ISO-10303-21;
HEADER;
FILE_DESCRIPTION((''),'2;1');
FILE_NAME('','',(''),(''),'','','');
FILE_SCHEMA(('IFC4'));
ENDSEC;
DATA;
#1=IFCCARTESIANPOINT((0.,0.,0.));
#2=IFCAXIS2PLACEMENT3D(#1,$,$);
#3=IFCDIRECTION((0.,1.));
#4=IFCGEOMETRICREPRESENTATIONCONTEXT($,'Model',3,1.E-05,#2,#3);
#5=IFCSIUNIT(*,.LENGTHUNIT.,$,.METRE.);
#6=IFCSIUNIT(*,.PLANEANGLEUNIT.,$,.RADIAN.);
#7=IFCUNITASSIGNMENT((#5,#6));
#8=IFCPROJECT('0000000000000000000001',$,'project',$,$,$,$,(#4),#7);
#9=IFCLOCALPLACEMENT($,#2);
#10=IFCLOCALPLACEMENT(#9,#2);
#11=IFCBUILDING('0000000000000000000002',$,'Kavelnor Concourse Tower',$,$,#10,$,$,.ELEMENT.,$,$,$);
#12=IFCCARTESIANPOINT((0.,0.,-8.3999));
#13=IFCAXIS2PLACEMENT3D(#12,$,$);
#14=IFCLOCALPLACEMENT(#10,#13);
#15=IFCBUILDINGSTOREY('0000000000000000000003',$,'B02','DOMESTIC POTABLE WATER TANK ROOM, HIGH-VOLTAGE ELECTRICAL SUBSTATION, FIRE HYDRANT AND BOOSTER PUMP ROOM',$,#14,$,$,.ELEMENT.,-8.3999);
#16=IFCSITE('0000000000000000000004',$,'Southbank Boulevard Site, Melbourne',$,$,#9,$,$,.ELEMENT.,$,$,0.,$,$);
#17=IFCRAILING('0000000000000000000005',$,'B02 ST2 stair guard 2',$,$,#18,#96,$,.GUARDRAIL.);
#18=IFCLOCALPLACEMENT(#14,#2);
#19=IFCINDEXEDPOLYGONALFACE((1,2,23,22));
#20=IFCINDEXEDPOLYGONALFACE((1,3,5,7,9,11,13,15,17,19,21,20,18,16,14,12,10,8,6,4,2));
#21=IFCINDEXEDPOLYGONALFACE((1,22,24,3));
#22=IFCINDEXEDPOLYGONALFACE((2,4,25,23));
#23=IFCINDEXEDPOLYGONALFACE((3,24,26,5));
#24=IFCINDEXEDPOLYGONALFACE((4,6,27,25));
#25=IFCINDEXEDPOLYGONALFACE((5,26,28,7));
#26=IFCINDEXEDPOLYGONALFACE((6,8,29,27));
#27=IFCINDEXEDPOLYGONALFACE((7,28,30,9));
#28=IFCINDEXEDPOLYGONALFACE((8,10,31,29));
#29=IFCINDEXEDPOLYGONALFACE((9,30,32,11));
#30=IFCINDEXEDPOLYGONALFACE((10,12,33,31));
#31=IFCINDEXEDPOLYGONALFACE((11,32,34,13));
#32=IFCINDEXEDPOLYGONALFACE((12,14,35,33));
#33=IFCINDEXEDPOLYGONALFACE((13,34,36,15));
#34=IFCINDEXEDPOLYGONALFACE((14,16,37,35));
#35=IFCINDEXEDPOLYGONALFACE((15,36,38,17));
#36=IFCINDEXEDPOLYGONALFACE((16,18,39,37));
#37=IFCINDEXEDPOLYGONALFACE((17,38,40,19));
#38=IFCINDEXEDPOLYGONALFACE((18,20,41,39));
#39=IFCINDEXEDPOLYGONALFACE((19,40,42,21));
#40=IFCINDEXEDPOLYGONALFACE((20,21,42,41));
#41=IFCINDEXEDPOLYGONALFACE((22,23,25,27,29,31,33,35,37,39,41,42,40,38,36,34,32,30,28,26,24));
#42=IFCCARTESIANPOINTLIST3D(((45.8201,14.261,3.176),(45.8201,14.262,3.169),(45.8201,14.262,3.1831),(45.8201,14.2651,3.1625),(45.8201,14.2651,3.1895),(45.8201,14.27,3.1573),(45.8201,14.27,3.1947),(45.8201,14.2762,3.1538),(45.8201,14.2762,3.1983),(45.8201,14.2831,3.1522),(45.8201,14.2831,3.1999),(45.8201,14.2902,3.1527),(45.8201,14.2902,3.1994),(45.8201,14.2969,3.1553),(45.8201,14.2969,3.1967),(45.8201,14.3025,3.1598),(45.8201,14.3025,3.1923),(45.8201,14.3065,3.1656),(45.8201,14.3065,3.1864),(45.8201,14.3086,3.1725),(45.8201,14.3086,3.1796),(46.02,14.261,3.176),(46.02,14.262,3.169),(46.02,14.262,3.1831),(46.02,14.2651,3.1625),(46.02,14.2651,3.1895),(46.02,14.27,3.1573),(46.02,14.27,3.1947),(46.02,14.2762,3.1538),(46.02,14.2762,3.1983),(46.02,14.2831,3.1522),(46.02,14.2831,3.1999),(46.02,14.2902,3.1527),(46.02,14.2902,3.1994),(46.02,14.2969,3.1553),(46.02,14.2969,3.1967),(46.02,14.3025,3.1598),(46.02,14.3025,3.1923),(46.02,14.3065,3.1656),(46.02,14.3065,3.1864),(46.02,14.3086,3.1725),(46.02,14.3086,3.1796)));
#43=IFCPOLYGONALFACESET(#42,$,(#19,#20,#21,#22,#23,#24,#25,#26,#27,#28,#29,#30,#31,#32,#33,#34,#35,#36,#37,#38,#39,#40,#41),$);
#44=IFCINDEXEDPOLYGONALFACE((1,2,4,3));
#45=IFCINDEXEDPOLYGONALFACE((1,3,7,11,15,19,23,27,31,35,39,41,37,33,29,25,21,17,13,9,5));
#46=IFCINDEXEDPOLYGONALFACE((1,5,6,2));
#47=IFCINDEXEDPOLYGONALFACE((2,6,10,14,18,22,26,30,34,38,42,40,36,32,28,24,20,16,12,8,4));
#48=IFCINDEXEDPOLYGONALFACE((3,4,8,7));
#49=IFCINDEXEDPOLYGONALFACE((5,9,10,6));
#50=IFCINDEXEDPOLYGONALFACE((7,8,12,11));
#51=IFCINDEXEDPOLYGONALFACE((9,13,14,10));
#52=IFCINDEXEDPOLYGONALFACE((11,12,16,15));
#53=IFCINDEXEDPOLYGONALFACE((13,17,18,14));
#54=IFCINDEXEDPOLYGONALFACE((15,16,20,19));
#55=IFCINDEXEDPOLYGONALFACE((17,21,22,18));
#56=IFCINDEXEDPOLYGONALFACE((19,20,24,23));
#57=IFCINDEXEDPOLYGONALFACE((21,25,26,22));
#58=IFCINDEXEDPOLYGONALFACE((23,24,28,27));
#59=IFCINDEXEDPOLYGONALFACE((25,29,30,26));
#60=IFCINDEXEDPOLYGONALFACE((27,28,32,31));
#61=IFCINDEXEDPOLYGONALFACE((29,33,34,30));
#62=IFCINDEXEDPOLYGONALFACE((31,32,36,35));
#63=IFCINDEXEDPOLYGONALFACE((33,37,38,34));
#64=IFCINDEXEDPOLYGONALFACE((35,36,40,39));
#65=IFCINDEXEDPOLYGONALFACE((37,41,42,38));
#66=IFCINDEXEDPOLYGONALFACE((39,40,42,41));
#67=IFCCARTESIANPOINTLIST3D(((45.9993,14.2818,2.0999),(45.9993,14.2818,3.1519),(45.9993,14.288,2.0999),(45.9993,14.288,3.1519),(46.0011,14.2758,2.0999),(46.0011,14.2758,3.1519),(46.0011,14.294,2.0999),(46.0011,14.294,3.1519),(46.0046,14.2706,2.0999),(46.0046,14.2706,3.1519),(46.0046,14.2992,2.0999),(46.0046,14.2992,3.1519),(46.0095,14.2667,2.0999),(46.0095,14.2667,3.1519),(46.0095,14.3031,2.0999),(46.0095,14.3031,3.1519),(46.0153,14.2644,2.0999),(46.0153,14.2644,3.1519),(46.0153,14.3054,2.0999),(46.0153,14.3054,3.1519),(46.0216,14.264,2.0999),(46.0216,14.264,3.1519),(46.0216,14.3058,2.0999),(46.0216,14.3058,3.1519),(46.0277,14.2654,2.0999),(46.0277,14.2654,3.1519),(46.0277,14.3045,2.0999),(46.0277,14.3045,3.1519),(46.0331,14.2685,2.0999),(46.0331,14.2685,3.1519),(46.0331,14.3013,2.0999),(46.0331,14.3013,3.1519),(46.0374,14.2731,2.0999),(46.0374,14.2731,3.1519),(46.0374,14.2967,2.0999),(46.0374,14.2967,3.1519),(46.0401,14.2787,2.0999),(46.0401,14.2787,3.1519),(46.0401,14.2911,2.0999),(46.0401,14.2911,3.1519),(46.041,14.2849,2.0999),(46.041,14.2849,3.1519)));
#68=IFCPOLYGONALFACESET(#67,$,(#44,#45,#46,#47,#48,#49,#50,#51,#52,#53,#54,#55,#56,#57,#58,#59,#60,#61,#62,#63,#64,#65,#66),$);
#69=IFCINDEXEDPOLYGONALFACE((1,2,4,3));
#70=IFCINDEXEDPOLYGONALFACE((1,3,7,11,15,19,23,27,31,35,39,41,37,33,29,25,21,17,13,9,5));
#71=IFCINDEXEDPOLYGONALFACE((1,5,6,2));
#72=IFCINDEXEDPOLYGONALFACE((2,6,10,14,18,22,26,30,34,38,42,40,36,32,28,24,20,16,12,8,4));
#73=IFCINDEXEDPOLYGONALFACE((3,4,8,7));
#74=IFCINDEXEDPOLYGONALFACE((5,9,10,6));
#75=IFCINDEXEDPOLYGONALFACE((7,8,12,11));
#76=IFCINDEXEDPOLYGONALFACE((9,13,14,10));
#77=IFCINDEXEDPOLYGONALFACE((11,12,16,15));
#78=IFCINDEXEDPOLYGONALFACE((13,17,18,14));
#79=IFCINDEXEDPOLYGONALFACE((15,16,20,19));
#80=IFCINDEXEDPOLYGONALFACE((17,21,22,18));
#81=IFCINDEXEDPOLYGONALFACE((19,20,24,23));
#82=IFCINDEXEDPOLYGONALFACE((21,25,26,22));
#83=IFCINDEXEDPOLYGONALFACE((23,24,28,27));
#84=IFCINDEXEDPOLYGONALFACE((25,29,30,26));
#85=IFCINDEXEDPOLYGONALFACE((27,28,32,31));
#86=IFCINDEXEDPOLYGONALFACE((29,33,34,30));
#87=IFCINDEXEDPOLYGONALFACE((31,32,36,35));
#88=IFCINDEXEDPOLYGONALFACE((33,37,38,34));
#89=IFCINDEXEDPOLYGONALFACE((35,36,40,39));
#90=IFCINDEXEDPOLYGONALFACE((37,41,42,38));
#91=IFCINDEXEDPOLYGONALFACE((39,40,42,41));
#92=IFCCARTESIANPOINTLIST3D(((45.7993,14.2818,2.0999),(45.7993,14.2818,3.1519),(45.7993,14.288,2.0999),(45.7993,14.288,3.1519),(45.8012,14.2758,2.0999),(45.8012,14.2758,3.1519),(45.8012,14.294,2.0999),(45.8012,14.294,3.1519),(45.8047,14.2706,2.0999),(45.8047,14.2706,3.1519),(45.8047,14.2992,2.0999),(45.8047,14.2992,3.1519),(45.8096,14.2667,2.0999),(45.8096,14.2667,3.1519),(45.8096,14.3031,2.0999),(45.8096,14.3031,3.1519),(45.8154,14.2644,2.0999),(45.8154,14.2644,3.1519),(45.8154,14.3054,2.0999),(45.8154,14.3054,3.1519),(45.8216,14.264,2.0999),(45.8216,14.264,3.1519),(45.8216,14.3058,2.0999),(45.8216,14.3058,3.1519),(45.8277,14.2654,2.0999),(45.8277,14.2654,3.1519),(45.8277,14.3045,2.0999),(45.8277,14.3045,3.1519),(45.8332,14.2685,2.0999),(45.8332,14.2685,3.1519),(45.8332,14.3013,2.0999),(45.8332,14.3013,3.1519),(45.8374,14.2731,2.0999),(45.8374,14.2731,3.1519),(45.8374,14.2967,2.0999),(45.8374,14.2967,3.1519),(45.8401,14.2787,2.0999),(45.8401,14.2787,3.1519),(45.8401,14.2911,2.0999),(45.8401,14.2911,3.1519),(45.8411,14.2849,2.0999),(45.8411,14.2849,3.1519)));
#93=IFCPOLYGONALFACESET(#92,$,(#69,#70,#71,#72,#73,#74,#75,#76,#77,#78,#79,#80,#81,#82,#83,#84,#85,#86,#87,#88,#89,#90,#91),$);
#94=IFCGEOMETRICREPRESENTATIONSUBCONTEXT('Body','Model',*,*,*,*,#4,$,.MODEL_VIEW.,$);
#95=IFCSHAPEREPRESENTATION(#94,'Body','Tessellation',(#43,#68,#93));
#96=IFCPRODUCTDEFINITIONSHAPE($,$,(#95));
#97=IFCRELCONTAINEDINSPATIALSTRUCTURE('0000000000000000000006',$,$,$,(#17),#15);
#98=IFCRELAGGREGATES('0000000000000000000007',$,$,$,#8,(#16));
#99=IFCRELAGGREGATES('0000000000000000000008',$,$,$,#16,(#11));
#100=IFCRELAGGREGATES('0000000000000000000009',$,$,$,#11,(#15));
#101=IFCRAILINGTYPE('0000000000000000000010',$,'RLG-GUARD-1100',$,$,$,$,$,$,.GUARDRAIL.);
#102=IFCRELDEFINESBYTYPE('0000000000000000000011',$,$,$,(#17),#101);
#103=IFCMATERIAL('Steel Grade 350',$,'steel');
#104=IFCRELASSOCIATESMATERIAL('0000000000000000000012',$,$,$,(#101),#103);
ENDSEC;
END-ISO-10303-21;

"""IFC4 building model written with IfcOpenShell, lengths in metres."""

from ifc_helpers import new_model, si_unit, direction, frame, origin, origin_2d, place, context, subcontext, project, spatial, circle, extrude, material, type_object, element, save


model = new_model("IFC4")

# Units and contexts
model_context = context("Model", 3, precision=1e-05, world=origin(), true_north=direction((0.0, 1.0)))
body_context = subcontext(model_context, "Body", "Model", "MODEL_VIEW")
ifc_project = project(units=[si_unit("LENGTHUNIT", "METRE"), si_unit("PLANEANGLEUNIT", "RADIAN")], contexts=[model_context])

# Site, building, storey
site_placement = place(None, origin())
site = spatial("IfcSite", under=ifc_project, at=site_placement, Name="Southbank Boulevard Site, Melbourne", CompositionType="ELEMENT", RefElevation=0.0)
building_placement = place(site_placement, origin())
building = spatial("IfcBuilding", under=site, at=building_placement, Name="Kavelnor Concourse Tower", CompositionType="ELEMENT")
storey_placement = place(building_placement, frame((0.0, 0.0, -8.3999)))
storey = spatial("IfcBuildingStorey", under=building, at=storey_placement, Name="B02", Description="DOMESTIC POTABLE WATER TANK ROOM, HIGH-VOLTAGE ELECTRICAL SUBSTATION, FIRE HYDRANT AND BOOSTER PUMP ROOM", CompositionType="ELEMENT", Elevation=-8.3999)

# Shared definitions
ifc_material_1 = material(Name="Steel Grade 350", Category="steel")

# Railing
railing_type_1 = type_object("IfcRailingType", Name="RLG-GUARD-1100", PredefinedType="GUARDRAIL", material=ifc_material_1)
railing_1_placement = place(storey_placement, frame((46.02, 14.2849, 2.0999)))
element("IfcRailing", 1, at=railing_1_placement, inside=storey, type_object=railing_type_1, Name="B02 ST2 stair guard 2", PredefinedType="GUARDRAIL", context=body_context, shape_type="SweptSolid", body=[
    extrude(circle(Radius=0.0239, at=origin_2d()), frame((0.0, 0.0, 1.0762), z_axis=(-1.0, 0.0, 0.0), x_axis=(0.0, -1.0, 0.0)), (0.0, 0.0, 1.0), 0.2),
    extrude(circle(Radius=0.021, at=origin_2d()), origin(), (0.0, 0.0, 1.0), 1.052),
    extrude(circle(Radius=0.021, at=origin_2d()), frame((-0.2, 0.0, 0.0)), (0.0, 0.0, 1.0), 1.052),
])

save(model, "model.ifc")
